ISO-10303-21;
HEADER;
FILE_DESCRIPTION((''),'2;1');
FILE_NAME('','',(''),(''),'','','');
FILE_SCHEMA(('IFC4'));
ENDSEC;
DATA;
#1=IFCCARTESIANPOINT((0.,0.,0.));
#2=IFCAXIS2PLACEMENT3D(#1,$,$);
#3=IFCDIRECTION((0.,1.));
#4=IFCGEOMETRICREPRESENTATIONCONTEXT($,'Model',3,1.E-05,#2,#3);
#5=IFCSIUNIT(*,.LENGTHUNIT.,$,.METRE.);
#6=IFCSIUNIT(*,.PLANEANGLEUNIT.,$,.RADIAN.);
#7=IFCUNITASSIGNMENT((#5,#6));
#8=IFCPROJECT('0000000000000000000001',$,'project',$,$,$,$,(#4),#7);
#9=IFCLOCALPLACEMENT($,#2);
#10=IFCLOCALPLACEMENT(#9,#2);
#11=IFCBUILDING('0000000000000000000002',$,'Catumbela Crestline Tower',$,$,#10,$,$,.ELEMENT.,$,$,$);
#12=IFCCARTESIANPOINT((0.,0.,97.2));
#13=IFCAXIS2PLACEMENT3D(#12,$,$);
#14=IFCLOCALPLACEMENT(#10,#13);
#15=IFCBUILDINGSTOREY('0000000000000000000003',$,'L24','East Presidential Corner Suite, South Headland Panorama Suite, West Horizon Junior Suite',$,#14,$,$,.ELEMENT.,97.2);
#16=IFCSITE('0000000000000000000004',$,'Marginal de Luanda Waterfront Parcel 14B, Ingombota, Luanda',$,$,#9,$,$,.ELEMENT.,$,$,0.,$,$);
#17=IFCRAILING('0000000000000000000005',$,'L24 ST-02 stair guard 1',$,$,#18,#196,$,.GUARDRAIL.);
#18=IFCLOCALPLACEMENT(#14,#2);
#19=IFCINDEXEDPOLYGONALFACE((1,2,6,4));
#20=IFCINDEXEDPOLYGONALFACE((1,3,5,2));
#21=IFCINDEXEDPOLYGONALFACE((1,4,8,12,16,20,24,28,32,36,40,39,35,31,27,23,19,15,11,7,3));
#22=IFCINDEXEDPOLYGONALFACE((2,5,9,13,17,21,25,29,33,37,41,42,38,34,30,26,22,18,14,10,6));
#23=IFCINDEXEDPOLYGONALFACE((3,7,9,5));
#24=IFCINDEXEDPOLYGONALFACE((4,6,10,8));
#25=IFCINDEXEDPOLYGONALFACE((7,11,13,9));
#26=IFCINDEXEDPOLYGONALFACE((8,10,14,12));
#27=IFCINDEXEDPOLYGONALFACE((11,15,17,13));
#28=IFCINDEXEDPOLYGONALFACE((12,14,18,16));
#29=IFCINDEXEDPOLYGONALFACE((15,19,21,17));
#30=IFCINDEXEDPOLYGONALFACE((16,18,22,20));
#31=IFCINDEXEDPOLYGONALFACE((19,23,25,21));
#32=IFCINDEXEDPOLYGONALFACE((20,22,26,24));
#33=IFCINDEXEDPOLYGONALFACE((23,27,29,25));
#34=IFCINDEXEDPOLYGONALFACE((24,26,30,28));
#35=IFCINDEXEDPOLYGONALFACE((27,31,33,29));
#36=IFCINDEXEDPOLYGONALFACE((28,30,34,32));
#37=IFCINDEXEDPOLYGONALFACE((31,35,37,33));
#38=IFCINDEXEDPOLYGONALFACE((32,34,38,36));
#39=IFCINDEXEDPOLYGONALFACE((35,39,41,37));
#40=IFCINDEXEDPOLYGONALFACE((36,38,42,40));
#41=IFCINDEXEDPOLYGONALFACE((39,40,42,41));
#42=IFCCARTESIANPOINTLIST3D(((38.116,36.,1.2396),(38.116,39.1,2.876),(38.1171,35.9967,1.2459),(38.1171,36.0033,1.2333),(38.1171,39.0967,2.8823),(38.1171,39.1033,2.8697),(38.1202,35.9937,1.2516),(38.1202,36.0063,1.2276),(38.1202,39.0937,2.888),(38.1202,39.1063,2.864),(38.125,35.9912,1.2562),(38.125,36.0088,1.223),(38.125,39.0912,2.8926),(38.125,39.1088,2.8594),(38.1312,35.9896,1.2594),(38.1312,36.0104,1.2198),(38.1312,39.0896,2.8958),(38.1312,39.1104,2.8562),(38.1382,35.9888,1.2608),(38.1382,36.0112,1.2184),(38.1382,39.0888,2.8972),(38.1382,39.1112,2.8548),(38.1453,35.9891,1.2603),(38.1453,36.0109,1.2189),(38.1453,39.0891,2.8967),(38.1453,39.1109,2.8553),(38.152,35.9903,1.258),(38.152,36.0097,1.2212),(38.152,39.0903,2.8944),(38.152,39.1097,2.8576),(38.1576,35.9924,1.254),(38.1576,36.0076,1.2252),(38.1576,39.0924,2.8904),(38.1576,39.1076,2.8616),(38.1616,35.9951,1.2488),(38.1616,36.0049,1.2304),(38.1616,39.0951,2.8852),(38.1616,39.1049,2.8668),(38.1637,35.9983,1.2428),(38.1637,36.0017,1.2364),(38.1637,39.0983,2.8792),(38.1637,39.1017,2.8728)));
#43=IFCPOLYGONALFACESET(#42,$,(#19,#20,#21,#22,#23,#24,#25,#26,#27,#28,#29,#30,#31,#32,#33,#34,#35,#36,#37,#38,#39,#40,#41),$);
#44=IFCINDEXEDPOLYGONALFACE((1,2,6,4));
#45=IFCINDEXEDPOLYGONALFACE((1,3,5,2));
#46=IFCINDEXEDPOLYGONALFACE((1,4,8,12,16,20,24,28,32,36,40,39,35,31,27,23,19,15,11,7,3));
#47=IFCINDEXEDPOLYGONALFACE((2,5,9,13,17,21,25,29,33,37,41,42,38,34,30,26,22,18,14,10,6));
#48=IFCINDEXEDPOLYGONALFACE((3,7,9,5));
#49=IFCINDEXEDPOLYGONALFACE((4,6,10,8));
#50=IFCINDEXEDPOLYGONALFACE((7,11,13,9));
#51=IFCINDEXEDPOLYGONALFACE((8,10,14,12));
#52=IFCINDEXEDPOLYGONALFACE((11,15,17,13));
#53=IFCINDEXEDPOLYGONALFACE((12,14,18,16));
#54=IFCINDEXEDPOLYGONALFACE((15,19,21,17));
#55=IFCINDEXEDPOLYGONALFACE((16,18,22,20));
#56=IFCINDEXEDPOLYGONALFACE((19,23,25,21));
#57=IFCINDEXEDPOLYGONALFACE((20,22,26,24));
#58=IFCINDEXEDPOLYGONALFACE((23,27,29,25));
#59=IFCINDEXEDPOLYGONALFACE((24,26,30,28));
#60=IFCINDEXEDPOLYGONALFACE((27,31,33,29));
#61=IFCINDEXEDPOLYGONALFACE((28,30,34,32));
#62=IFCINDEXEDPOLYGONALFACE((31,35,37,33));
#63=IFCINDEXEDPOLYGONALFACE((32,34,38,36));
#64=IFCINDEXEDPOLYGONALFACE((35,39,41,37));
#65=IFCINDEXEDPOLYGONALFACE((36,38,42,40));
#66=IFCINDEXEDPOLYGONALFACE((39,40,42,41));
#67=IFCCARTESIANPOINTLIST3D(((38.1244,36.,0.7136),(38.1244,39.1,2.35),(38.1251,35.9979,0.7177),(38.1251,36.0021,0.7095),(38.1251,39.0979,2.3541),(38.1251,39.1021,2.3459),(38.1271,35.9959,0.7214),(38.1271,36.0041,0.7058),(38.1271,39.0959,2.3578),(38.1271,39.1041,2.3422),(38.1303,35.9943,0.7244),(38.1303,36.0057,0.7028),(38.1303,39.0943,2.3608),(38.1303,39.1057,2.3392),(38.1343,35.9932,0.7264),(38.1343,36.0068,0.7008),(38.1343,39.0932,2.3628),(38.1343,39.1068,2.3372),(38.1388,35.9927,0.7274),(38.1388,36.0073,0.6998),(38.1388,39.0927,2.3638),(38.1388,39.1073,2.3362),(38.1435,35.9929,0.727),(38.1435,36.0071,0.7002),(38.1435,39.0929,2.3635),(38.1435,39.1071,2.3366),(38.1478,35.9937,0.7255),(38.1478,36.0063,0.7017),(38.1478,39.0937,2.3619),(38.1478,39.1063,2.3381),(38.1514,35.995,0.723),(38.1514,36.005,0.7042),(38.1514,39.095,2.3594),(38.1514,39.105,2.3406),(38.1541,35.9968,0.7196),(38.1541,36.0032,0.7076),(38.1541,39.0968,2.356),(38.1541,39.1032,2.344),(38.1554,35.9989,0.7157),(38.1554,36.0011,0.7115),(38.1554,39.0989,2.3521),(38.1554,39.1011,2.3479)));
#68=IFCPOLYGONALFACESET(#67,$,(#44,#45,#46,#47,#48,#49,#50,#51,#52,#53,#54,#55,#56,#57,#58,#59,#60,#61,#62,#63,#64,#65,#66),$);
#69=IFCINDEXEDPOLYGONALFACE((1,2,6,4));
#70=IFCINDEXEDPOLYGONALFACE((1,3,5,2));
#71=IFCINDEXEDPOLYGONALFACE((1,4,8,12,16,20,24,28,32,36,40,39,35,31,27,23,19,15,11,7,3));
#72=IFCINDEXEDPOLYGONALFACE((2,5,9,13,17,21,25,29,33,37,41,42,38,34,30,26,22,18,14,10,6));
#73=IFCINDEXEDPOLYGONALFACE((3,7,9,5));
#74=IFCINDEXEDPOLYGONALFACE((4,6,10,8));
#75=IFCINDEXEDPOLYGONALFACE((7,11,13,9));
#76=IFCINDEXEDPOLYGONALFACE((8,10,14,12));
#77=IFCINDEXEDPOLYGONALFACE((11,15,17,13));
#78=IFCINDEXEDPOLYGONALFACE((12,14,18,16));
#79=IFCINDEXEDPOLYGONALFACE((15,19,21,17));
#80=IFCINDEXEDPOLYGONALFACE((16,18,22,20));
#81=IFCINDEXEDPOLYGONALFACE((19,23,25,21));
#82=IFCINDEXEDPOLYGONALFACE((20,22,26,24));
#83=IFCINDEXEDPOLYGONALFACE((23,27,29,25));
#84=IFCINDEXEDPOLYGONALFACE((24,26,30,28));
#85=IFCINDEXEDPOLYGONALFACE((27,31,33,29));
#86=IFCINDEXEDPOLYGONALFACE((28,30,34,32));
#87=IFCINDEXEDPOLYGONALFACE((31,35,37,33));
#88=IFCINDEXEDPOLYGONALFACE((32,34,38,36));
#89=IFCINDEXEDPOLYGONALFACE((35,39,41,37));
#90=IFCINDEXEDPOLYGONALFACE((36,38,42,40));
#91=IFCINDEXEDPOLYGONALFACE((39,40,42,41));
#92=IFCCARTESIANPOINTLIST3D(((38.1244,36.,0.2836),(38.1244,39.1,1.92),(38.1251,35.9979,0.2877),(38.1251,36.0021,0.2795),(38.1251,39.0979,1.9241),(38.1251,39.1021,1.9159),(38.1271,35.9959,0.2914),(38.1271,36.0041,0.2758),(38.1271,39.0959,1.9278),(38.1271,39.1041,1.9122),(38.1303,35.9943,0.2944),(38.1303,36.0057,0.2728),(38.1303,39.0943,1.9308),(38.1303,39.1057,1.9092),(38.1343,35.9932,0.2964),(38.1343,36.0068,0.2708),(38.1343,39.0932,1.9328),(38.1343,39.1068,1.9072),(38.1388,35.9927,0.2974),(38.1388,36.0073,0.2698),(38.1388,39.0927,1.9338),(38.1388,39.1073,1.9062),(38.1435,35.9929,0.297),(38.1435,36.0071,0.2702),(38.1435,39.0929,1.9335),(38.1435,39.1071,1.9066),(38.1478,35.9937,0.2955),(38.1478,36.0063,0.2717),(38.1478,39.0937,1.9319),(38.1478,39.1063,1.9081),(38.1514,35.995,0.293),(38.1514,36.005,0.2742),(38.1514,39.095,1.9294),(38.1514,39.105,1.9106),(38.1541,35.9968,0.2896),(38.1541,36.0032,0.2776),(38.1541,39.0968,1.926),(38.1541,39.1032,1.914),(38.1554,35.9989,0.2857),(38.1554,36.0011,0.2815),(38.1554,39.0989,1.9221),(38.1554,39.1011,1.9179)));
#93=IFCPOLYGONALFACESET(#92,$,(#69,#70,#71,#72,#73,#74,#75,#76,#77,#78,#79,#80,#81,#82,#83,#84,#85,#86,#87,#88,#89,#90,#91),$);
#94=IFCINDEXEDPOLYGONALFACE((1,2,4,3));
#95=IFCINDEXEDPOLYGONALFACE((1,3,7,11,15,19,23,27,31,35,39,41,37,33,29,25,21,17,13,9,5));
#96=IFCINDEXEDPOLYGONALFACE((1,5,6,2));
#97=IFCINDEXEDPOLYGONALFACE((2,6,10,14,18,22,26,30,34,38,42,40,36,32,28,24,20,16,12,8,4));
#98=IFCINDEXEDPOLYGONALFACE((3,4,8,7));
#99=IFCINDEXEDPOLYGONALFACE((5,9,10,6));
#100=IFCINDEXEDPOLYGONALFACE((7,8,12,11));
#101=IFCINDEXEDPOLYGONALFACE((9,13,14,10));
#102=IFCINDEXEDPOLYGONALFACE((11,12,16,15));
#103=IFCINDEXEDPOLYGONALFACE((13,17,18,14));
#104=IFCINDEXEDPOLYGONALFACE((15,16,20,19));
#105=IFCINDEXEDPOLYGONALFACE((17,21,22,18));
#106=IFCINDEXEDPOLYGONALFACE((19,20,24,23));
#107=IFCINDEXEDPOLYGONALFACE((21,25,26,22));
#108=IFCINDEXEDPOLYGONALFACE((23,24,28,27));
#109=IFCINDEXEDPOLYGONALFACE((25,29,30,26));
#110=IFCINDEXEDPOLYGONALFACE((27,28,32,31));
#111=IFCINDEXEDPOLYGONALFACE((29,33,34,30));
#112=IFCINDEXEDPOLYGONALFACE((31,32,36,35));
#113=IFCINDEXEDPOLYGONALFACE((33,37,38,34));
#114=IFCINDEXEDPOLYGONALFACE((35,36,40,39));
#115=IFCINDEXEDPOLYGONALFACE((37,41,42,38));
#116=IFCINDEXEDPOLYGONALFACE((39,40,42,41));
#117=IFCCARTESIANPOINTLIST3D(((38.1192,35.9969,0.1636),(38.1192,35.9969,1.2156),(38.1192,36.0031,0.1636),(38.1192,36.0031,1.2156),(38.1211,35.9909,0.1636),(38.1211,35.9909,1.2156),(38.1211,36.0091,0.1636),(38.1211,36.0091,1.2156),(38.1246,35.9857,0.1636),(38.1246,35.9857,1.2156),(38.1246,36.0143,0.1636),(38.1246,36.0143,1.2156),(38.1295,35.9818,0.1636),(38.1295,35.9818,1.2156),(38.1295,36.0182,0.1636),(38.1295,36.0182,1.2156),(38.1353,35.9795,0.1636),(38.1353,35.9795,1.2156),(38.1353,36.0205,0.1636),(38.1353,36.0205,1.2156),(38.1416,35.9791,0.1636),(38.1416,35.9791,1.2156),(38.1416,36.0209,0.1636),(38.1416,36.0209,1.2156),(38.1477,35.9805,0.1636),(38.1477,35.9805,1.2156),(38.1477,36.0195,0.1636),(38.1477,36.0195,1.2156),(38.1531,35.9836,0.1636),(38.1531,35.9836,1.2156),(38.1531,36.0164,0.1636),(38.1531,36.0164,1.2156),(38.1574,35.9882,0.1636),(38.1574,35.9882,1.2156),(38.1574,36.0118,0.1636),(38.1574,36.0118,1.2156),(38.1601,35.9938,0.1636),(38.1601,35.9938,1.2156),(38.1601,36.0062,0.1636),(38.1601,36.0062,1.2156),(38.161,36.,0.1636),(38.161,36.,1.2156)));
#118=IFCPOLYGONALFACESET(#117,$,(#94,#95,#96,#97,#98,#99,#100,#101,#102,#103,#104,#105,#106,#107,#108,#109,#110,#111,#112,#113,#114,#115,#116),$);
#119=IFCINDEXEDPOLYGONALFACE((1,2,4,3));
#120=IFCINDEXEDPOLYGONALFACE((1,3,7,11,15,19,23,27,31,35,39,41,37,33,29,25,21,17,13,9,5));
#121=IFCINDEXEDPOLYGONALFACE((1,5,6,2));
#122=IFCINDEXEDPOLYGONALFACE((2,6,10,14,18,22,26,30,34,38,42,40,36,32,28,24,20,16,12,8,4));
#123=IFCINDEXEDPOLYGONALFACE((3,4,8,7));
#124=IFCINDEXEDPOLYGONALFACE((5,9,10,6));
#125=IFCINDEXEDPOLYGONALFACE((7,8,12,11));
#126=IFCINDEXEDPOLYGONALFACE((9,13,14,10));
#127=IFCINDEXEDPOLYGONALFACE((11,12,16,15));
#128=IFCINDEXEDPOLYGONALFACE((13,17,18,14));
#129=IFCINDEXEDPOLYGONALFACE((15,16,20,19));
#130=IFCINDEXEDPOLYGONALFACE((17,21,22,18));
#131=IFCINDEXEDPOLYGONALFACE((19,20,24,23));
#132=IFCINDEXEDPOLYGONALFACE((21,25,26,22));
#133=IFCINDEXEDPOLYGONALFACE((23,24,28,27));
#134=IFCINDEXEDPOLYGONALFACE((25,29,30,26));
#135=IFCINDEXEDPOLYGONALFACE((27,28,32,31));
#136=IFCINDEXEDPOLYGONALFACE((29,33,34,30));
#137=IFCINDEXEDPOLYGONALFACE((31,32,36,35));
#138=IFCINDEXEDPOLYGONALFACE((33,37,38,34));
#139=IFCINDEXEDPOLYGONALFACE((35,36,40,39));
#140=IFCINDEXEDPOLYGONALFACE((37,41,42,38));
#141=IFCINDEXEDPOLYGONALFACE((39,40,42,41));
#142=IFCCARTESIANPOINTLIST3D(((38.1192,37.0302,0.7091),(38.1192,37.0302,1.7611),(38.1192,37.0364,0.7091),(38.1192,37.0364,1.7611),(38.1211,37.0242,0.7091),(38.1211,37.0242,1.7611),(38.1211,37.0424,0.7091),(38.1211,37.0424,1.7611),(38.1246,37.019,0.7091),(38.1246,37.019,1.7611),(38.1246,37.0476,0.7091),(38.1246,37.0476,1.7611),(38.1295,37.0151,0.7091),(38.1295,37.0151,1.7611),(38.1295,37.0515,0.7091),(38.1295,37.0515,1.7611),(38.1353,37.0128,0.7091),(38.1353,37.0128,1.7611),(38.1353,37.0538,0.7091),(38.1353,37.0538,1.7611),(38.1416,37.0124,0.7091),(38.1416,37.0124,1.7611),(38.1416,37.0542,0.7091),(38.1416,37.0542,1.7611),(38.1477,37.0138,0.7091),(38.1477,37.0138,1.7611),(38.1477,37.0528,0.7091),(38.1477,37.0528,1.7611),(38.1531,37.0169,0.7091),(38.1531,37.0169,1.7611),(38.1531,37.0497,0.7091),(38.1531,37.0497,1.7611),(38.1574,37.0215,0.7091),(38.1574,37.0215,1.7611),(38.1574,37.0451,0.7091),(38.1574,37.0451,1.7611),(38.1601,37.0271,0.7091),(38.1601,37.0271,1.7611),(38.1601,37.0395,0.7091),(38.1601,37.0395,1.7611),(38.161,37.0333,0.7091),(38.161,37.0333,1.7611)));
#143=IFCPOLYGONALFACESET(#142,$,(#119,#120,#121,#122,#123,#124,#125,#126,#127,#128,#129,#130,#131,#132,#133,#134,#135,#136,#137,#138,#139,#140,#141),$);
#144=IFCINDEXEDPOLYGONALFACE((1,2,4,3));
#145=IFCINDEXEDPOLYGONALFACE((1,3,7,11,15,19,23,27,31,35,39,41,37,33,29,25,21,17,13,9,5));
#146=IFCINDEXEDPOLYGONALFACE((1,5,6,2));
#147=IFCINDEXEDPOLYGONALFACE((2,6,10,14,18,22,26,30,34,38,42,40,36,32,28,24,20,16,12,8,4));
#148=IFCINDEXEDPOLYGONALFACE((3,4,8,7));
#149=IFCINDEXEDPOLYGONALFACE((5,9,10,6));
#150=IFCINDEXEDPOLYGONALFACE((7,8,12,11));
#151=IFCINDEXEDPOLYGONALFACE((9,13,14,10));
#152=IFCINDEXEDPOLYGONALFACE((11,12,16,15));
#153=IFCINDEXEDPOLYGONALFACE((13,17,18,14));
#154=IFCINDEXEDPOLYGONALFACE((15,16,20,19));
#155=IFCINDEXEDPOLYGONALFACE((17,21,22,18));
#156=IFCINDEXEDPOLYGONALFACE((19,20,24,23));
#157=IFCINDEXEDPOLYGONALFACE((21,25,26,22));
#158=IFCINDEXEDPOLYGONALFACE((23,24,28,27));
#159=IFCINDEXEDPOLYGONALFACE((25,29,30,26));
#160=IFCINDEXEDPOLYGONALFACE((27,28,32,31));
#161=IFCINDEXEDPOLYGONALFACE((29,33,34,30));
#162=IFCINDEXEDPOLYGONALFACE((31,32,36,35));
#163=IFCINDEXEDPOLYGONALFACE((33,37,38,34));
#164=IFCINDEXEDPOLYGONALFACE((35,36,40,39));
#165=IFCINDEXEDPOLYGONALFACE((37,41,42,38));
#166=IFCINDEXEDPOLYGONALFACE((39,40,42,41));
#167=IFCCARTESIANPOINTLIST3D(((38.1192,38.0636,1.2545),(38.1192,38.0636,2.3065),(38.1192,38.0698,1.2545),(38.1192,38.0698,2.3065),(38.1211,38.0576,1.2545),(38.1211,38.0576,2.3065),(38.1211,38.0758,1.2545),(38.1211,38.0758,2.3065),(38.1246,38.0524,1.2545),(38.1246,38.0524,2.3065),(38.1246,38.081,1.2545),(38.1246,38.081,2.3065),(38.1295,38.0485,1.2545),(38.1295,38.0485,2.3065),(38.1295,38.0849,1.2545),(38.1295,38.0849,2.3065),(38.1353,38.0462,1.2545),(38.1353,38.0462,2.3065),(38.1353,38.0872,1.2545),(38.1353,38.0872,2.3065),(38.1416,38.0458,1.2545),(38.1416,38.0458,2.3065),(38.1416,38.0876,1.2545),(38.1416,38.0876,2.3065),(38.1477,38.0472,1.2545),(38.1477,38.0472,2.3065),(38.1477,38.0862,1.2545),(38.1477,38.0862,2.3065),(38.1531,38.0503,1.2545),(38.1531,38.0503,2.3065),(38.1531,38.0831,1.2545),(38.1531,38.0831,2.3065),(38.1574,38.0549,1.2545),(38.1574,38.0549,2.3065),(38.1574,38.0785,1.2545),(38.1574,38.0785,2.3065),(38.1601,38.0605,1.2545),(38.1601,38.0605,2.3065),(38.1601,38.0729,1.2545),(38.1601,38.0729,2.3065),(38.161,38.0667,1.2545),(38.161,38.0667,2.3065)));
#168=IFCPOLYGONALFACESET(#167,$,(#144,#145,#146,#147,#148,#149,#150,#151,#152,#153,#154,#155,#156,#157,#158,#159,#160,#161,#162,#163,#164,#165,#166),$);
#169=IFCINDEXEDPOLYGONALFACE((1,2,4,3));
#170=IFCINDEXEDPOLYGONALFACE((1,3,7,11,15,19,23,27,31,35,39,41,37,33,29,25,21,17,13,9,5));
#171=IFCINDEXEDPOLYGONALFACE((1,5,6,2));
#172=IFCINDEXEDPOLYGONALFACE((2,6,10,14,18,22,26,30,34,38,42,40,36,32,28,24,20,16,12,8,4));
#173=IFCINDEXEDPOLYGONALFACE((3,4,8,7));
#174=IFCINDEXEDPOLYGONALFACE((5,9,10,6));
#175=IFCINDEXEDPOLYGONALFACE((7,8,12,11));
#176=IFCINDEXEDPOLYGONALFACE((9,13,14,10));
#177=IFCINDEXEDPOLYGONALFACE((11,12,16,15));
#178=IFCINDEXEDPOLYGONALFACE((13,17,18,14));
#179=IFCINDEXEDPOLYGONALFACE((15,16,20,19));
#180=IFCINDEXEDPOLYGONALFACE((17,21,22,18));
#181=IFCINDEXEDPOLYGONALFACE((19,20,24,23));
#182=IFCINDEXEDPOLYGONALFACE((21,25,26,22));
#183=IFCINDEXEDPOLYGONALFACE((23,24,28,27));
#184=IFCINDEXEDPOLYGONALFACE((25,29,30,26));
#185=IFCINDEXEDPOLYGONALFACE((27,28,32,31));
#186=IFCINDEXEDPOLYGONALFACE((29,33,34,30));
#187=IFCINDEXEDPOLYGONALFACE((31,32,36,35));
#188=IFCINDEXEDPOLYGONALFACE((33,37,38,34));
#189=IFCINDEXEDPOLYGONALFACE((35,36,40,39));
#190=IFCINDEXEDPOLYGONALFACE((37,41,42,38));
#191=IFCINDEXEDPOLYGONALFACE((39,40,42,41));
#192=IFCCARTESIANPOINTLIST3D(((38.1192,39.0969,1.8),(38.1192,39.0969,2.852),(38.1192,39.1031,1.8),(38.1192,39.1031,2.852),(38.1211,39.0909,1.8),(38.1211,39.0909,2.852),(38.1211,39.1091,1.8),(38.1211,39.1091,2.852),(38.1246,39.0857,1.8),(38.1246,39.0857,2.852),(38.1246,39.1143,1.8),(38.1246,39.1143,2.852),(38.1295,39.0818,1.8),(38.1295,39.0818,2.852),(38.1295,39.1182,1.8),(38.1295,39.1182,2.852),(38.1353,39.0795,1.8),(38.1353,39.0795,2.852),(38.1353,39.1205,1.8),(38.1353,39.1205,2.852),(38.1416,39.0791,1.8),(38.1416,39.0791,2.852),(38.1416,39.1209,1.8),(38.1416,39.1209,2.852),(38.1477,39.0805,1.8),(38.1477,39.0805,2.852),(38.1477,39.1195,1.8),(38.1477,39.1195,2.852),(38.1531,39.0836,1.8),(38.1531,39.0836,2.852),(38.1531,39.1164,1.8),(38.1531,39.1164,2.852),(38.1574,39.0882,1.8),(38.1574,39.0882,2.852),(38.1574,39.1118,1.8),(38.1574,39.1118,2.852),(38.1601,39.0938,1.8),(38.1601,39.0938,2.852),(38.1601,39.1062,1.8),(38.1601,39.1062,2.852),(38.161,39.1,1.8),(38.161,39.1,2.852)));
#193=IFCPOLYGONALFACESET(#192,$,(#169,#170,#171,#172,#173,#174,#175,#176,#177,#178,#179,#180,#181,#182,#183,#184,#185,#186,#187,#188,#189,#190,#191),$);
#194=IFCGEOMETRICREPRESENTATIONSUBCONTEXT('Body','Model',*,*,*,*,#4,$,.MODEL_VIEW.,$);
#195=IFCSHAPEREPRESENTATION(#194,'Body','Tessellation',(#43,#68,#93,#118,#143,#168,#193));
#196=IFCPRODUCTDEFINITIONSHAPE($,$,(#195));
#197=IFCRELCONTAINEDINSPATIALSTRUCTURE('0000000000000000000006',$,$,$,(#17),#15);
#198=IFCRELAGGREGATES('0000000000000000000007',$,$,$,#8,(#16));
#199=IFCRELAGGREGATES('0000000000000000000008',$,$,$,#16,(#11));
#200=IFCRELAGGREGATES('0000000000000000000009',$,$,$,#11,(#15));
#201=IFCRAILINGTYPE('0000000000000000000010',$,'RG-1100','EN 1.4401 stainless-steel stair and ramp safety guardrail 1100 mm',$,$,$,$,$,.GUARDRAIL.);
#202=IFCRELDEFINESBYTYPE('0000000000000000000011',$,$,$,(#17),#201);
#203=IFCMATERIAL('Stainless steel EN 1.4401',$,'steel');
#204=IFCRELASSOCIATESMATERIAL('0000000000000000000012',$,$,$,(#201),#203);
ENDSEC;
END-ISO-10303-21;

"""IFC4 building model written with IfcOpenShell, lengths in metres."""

from ifc_helpers import new_model, si_unit, direction, frame, origin, origin_2d, place, context, subcontext, project, spatial, circle, extrude, material, type_object, element, save


model = new_model("IFC4")

# Units and contexts
model_context = context("Model", 3, precision=1e-05, world=origin(), true_north=direction((0.0, 1.0)))
body_context = subcontext(model_context, "Body", "Model", "MODEL_VIEW")
ifc_project = project(units=[si_unit("LENGTHUNIT", "METRE"), si_unit("PLANEANGLEUNIT", "RADIAN")], contexts=[model_context])

# Site, building, storey
site_placement = place(None, origin())
site = spatial("IfcSite", under=ifc_project, at=site_placement, Name="Marginal de Luanda Waterfront Parcel 14B, Ingombota, Luanda", CompositionType="ELEMENT", RefElevation=0.0)
building_placement = place(site_placement, origin())
building = spatial("IfcBuilding", under=site, at=building_placement, Name="Catumbela Crestline Tower", CompositionType="ELEMENT")
storey_placement = place(building_placement, frame((0.0, 0.0, 97.2)))
storey = spatial("IfcBuildingStorey", under=building, at=storey_placement, Name="L24", Description="East Presidential Corner Suite, South Headland Panorama Suite, West Horizon Junior Suite", CompositionType="ELEMENT", Elevation=97.2)

# Shared definitions
ifc_material_1 = material(Name="Stainless steel EN 1.4401", Category="steel")

# Railing
railing_type_1 = type_object("IfcRailingType", Name="RG-1100", Description="EN 1.4401 stainless-steel stair and ramp safety guardrail 1100 mm", PredefinedType="GUARDRAIL", material=ifc_material_1)
railing_1_placement = place(storey_placement, frame((38.14, 36.0, 0.1636)))
element("IfcRailing", 1, at=railing_1_placement, inside=storey, type_object=railing_type_1, Name="L24 ST-02 stair guard 1", PredefinedType="GUARDRAIL", context=body_context, shape_type="SweptSolid", body=[
    extrude(circle(Radius=0.024, at=origin_2d()), frame((0.0, 0.0, 1.076), z_axis=(0.0, 0.884351, 0.466823), x_axis=(-1.0, 0.0, 0.0)), (0.0, 0.0, 1.0), 3.5054),
    extrude(circle(Radius=0.0156, at=origin_2d()), frame((0.0, 0.0, 0.55), z_axis=(0.0, 0.884351, 0.466823), x_axis=(-1.0, 0.0, 0.0)), (0.0, 0.0, 1.0), 3.5054),
    extrude(circle(Radius=0.0156, at=origin_2d()), frame((0.0, 0.0, 0.12), z_axis=(0.0, 0.884351, 0.466823), x_axis=(-1.0, 0.0, 0.0)), (0.0, 0.0, 1.0), 3.5054),
    extrude(circle(Radius=0.021, at=origin_2d()), origin(), (0.0, 0.0, 1.0), 1.052),
    extrude(circle(Radius=0.021, at=origin_2d()), frame((0.0, 1.0333, 0.5455)), (0.0, 0.0, 1.0), 1.052),
    extrude(circle(Radius=0.021, at=origin_2d()), frame((0.0, 2.0667, 1.0909)), (0.0, 0.0, 1.0), 1.052),
    extrude(circle(Radius=0.021, at=origin_2d()), frame((0.0, 3.1, 1.6364)), (0.0, 0.0, 1.0), 1.052),
])

save(model, "model.ifc")
